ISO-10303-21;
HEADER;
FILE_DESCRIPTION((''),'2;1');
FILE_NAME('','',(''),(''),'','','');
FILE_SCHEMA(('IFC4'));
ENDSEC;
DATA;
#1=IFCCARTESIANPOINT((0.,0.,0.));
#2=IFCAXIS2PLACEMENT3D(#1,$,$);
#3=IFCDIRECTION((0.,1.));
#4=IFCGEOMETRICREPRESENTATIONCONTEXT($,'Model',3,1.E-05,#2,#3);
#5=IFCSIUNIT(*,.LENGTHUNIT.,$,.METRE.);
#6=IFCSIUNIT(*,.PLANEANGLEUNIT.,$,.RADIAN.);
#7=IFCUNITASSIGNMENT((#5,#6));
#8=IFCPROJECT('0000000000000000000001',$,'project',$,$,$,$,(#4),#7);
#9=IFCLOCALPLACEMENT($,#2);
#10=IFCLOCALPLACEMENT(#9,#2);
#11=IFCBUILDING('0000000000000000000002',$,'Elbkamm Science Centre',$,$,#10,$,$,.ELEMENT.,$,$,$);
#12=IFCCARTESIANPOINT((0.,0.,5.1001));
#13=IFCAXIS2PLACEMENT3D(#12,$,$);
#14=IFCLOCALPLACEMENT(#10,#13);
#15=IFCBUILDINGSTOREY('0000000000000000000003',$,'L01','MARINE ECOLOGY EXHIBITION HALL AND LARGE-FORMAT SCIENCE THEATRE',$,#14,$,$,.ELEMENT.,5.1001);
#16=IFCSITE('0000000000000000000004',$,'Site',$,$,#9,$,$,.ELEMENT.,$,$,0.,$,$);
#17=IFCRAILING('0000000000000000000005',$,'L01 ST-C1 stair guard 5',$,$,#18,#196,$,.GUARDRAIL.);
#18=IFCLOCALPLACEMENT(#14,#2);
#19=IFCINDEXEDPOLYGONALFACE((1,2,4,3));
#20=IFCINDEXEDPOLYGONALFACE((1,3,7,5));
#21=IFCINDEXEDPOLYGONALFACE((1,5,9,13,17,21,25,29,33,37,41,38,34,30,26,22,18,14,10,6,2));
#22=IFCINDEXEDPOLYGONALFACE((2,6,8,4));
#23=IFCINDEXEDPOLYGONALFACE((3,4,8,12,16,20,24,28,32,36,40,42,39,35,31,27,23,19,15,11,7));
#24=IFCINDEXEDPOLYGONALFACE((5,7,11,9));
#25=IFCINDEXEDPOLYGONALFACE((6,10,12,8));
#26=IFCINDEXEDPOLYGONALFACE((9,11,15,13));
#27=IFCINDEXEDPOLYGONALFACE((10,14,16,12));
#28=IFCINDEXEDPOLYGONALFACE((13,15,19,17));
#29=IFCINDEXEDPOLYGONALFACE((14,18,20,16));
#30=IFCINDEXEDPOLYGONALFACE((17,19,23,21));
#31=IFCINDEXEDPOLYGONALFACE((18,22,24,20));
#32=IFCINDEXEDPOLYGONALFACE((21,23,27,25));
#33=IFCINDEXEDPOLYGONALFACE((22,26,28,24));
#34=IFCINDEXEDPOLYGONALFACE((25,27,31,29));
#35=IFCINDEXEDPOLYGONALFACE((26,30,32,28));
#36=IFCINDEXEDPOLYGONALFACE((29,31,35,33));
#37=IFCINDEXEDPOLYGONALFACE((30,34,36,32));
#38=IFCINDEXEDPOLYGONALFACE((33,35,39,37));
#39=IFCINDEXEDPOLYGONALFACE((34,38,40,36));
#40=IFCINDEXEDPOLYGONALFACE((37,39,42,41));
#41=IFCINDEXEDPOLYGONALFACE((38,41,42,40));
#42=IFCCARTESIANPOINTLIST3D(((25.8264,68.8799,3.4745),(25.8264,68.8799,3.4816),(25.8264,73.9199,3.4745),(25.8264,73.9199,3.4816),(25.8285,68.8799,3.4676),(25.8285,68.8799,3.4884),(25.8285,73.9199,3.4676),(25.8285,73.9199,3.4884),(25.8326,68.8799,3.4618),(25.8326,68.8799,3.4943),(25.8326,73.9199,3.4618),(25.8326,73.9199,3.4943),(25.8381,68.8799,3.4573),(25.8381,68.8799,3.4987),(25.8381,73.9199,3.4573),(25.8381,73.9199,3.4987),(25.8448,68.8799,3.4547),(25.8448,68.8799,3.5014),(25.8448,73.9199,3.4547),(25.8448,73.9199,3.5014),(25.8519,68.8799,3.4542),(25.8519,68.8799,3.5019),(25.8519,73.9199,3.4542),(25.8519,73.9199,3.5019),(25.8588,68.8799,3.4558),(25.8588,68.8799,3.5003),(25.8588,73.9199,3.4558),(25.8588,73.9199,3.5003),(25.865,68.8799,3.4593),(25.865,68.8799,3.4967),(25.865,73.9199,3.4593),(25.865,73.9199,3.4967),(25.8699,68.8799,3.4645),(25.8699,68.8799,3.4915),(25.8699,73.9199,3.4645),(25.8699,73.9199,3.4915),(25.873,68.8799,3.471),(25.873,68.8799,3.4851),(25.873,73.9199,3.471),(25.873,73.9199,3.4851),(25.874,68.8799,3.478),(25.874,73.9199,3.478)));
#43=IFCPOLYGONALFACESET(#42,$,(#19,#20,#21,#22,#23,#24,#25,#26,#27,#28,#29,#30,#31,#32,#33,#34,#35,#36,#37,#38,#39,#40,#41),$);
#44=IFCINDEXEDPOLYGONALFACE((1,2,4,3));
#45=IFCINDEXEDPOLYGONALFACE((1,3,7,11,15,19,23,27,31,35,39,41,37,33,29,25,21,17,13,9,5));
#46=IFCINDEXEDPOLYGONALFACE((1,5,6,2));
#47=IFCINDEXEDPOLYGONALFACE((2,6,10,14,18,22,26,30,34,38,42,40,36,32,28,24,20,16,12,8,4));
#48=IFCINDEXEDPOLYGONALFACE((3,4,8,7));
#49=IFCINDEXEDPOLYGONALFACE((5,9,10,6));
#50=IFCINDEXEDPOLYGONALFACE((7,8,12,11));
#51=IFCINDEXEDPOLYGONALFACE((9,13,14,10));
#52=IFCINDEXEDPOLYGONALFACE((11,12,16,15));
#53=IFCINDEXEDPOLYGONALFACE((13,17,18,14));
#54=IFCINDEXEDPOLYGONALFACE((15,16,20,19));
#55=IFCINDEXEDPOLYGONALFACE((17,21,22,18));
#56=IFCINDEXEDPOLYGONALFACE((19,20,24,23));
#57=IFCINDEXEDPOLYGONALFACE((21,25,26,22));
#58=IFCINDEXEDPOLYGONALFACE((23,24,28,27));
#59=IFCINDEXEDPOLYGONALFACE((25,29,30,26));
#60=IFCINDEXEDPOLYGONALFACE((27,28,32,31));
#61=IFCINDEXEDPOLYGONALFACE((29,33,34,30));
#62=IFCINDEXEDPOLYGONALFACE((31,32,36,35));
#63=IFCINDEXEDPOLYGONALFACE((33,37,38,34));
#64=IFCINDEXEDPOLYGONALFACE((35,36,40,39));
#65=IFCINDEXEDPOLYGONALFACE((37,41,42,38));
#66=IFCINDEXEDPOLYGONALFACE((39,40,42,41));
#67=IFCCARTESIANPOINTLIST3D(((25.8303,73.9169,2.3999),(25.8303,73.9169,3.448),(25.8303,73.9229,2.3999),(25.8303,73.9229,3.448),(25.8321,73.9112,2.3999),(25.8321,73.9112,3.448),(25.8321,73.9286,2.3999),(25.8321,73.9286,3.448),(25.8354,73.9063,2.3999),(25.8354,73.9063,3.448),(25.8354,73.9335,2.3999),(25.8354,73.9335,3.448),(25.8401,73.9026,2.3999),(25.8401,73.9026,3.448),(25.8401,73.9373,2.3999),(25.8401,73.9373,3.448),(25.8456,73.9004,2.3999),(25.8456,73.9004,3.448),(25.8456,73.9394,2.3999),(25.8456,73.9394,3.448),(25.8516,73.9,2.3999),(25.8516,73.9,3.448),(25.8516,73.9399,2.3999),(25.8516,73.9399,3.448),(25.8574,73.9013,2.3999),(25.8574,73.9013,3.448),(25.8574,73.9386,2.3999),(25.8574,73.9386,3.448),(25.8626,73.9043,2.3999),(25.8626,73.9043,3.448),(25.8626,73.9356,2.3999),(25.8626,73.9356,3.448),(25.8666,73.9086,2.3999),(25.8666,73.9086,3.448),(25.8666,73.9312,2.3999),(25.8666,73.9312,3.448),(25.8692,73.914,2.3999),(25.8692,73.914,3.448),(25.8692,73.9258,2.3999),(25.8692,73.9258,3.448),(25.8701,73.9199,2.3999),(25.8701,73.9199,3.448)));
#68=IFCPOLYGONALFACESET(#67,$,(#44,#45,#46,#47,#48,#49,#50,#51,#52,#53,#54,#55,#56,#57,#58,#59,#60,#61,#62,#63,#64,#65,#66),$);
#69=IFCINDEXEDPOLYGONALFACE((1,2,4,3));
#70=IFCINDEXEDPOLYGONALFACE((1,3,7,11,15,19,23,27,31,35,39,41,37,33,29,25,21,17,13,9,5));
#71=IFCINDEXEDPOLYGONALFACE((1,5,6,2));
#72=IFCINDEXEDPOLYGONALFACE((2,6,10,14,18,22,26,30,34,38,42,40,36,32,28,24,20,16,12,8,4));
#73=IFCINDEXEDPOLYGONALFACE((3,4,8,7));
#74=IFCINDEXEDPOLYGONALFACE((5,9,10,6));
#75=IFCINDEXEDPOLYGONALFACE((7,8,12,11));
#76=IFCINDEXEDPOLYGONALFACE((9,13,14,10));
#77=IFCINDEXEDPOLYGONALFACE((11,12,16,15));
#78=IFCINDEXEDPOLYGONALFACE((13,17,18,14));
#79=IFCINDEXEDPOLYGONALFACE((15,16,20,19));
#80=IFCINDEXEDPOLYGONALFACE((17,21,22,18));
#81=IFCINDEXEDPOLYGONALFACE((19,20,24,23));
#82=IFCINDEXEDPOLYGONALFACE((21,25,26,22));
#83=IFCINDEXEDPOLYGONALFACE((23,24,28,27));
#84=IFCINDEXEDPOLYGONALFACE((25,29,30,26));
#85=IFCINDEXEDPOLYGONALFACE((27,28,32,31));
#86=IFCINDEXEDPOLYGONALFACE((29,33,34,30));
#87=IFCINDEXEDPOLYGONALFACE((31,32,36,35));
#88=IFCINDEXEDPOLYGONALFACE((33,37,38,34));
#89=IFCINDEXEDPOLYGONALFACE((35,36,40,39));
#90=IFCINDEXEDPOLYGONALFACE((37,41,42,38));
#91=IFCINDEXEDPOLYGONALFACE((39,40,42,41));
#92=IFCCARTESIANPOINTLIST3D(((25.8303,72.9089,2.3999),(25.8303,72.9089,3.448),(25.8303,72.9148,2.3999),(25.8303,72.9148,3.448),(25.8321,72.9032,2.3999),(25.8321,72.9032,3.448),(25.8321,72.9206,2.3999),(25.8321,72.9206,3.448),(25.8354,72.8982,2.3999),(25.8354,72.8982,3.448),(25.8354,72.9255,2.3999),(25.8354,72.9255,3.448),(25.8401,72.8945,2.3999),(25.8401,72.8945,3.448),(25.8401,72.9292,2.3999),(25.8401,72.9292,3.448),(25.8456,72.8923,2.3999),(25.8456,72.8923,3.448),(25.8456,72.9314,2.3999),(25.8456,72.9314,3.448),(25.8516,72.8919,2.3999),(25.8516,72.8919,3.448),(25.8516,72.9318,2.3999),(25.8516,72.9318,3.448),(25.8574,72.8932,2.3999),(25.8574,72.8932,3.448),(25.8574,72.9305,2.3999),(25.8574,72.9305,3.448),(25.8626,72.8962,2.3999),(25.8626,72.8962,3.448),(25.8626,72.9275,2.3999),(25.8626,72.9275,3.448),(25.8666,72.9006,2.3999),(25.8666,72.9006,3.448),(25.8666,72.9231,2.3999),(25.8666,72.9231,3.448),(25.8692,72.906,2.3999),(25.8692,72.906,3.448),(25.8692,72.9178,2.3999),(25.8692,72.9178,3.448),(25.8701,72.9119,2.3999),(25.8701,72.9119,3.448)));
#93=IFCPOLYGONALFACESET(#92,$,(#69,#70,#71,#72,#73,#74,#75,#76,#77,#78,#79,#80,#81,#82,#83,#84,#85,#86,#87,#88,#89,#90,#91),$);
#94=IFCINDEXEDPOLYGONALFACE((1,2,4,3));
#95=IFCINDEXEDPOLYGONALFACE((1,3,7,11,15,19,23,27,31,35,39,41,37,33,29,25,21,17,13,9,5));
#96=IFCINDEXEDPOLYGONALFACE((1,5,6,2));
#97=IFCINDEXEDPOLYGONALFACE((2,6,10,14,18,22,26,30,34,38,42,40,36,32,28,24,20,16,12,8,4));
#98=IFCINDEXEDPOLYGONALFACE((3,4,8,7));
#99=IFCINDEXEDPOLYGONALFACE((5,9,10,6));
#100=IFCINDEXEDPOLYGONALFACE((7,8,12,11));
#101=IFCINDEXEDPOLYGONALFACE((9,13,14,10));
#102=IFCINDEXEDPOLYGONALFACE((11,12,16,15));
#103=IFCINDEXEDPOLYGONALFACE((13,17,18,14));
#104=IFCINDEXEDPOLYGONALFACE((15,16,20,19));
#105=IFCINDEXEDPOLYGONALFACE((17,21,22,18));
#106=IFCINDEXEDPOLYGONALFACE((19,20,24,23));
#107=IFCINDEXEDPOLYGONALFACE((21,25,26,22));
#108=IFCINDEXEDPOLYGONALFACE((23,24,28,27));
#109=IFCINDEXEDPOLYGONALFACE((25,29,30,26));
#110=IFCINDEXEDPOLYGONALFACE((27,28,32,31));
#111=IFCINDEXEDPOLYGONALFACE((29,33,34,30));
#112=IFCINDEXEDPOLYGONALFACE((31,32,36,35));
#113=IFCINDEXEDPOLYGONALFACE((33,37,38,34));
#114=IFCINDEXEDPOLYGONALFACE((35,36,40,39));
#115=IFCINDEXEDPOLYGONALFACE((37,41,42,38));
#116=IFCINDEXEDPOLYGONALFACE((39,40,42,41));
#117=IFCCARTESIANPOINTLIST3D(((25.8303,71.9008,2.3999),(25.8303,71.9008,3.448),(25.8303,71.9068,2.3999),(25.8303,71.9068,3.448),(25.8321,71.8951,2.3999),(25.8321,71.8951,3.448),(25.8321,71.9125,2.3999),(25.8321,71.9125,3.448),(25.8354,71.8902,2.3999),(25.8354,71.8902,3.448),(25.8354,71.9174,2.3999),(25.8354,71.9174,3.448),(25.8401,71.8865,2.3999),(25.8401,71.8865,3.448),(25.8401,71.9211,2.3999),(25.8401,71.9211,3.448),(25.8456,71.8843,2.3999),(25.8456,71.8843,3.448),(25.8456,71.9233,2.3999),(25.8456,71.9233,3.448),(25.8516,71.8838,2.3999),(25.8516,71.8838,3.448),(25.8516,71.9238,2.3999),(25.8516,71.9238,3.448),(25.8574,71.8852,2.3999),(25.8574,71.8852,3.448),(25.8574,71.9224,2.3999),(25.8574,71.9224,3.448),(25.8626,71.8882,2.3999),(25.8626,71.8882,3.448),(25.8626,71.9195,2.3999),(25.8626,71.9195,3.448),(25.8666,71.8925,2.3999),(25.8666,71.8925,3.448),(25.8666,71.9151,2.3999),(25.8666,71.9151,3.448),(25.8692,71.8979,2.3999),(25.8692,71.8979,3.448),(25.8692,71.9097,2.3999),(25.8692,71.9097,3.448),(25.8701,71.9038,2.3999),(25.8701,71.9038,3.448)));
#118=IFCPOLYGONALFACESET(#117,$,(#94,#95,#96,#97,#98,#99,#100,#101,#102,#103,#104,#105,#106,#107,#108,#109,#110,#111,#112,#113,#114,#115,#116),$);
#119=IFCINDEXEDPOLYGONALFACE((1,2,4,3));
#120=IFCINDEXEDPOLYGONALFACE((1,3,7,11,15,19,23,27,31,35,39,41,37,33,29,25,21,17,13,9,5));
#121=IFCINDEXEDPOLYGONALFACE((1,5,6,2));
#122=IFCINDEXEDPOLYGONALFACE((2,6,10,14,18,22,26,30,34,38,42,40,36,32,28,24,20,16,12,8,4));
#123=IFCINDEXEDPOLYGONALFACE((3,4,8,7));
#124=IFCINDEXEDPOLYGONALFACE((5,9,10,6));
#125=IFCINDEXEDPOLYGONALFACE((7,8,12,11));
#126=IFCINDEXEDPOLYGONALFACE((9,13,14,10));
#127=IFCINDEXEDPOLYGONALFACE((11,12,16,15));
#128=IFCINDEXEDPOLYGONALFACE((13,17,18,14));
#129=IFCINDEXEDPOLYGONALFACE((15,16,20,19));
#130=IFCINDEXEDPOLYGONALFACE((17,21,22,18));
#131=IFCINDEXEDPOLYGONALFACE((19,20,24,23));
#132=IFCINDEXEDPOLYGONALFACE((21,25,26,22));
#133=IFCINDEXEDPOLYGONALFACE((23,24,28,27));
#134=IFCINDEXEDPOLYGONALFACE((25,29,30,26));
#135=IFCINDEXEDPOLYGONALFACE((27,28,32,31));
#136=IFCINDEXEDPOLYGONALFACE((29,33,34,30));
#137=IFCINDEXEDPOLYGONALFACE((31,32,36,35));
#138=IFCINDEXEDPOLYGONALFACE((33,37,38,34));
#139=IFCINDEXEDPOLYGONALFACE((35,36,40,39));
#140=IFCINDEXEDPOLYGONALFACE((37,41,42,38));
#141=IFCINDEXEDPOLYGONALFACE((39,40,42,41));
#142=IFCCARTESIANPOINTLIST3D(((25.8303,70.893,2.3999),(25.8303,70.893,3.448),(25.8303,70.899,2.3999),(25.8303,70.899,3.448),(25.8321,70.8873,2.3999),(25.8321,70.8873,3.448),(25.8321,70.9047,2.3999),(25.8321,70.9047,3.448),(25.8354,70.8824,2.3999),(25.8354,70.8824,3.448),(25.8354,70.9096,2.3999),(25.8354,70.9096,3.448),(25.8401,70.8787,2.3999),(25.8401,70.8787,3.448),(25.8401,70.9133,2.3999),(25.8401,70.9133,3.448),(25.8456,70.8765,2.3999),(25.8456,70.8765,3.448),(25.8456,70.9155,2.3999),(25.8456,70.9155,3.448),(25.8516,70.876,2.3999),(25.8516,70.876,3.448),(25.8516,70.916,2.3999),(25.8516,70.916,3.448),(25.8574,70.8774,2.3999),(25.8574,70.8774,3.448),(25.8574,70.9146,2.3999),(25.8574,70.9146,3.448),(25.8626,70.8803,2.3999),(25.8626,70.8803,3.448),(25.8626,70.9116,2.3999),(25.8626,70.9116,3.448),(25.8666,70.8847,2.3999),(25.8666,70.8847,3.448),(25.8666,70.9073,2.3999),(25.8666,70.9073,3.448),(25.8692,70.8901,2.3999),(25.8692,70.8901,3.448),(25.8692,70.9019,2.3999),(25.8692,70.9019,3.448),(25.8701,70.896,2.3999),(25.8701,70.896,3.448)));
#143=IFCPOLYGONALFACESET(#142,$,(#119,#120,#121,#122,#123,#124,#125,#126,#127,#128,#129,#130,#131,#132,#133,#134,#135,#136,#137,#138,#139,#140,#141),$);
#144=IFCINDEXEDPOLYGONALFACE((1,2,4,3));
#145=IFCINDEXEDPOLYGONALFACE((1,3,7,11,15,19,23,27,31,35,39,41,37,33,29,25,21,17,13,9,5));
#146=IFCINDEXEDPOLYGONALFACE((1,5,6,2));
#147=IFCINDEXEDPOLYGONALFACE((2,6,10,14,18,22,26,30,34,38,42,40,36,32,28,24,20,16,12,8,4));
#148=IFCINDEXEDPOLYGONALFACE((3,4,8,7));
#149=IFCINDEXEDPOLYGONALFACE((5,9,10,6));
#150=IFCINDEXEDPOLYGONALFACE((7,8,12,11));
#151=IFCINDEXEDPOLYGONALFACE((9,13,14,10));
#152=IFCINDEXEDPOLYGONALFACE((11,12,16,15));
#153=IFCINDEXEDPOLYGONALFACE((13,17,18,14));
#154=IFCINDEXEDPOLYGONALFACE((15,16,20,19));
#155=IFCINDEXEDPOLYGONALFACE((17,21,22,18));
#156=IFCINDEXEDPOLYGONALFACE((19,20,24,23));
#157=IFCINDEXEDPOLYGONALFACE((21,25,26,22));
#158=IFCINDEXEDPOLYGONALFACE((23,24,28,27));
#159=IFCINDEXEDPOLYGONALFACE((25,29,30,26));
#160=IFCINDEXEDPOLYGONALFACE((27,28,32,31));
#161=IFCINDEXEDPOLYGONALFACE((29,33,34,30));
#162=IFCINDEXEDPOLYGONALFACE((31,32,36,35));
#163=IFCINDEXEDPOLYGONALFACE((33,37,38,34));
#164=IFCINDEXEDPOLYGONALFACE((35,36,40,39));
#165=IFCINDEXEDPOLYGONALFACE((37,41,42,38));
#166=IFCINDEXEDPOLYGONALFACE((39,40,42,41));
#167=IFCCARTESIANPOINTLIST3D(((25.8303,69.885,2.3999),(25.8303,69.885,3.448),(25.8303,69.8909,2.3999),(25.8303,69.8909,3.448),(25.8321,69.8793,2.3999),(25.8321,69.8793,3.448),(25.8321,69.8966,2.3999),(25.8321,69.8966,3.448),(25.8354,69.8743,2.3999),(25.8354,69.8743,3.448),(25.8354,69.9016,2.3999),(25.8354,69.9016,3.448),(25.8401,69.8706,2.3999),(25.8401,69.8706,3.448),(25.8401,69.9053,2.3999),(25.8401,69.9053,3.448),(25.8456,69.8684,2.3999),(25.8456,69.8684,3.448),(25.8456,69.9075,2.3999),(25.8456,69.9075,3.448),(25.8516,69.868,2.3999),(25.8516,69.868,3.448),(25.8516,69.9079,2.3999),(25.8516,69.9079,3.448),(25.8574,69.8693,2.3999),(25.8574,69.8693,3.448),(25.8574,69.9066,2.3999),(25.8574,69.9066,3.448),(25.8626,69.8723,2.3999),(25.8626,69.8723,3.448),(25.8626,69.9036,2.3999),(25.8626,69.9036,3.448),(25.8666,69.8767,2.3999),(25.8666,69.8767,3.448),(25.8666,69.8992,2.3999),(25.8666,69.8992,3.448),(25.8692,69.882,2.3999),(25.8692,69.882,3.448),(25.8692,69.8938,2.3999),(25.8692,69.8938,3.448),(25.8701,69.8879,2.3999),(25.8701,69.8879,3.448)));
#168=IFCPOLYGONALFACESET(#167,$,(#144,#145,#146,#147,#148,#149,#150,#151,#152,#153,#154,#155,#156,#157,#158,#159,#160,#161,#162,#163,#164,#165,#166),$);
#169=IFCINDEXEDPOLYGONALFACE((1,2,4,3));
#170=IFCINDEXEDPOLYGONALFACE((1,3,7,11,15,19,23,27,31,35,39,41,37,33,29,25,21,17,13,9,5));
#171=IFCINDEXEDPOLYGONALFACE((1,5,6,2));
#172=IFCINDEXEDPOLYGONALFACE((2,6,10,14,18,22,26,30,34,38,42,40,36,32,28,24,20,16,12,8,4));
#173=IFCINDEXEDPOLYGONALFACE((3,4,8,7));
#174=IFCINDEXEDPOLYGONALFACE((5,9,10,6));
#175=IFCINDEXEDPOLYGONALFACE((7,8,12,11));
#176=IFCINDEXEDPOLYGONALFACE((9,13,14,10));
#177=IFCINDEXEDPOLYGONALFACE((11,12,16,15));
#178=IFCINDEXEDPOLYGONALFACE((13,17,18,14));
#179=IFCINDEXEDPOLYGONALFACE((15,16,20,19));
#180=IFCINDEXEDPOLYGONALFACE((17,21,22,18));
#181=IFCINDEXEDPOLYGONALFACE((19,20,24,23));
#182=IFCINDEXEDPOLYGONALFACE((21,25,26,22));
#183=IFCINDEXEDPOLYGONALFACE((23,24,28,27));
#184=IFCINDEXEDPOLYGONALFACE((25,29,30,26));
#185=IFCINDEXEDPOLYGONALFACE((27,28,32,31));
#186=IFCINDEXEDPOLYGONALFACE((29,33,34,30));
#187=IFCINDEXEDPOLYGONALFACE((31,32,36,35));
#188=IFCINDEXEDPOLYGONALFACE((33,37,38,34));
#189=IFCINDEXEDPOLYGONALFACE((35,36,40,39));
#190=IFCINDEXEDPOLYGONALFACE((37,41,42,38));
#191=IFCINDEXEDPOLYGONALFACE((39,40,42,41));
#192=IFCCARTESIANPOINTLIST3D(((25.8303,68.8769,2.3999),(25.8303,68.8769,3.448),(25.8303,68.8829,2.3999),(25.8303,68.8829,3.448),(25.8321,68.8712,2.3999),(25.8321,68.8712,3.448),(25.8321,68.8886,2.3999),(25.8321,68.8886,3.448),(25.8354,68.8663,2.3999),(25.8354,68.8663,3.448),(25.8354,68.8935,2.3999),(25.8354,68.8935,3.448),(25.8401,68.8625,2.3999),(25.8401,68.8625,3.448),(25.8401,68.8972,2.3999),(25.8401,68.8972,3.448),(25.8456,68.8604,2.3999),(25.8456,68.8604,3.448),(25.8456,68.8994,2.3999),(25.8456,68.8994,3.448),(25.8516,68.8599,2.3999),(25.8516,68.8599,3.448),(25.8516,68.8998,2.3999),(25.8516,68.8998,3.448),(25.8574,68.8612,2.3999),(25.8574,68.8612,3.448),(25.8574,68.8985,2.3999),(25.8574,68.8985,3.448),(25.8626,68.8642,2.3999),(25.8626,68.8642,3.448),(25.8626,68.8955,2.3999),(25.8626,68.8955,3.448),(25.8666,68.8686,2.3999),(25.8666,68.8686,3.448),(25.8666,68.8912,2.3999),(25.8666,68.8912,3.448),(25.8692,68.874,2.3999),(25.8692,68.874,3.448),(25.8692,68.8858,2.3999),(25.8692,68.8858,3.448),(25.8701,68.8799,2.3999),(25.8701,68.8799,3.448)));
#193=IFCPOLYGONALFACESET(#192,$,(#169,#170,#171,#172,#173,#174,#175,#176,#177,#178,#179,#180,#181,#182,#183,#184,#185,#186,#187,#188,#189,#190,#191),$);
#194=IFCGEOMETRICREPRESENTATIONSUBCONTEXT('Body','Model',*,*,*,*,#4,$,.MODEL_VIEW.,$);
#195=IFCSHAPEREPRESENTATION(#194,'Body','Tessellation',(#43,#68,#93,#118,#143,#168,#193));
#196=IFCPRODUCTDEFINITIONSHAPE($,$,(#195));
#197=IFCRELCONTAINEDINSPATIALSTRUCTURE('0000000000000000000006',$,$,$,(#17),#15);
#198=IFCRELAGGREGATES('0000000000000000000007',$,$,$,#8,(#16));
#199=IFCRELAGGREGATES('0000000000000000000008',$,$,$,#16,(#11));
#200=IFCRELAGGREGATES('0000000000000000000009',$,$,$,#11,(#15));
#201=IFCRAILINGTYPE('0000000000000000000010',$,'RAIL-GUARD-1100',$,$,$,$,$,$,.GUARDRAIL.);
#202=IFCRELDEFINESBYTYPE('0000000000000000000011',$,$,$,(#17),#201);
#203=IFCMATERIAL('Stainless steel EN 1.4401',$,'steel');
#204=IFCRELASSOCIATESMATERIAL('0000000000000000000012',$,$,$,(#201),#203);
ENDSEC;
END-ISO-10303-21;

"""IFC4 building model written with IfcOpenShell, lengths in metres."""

from ifc_helpers import new_model, si_unit, direction, frame, origin, origin_2d, place, context, subcontext, project, spatial, circle, extrude, material, type_object, element, save


model = new_model("IFC4")

# Units and contexts
model_context = context("Model", 3, precision=1e-05, world=origin(), true_north=direction((0.0, 1.0)))
body_context = subcontext(model_context, "Body", "Model", "MODEL_VIEW")
ifc_project = project(units=[si_unit("LENGTHUNIT", "METRE"), si_unit("PLANEANGLEUNIT", "RADIAN")], contexts=[model_context])

# Site, building, storey
site_placement = place(None, origin())
site = spatial("IfcSite", under=ifc_project, at=site_placement, Name="Site", CompositionType="ELEMENT", RefElevation=0.0)
building_placement = place(site_placement, origin())
building = spatial("IfcBuilding", under=site, at=building_placement, Name="Elbkamm Science Centre", CompositionType="ELEMENT")
storey_placement = place(building_placement, frame((0.0, 0.0, 5.1001)))
storey = spatial("IfcBuildingStorey", under=building, at=storey_placement, Name="L01", Description="MARINE ECOLOGY EXHIBITION HALL AND LARGE-FORMAT SCIENCE THEATRE", CompositionType="ELEMENT", Elevation=5.1001)

# Railing
ifc_material_1 = material(Name="Stainless steel EN 1.4401", Category="steel")
railing_type_1 = type_object("IfcRailingType", Name="RAIL-GUARD-1100", PredefinedType="GUARDRAIL", material=ifc_material_1)
railing_1_placement = place(storey_placement, frame((25.8501, 73.9199, 2.3999)))
element("IfcRailing", 1, at=railing_1_placement, inside=storey, type_object=railing_type_1, Name="L01 ST-C1 stair guard 5", PredefinedType="GUARDRAIL", context=body_context, shape_type="SweptSolid", body=[
    extrude(circle(Radius=0.0239, at=origin_2d()), frame((0.0, 0.0, 1.0781), z_axis=(0.0, -1.0, 0.0), x_axis=(1.0, 0.0, 0.0)), (0.0, 0.0, 1.0), 5.04),
    extrude(circle(Radius=0.02, at=origin_2d()), origin(), (0.0, 0.0, 1.0), 1.0481),
    extrude(circle(Radius=0.02, at=origin_2d()), frame((0.0, -1.0081, 0.0)), (0.0, 0.0, 1.0), 1.0481),
    extrude(circle(Radius=0.02, at=origin_2d()), frame((0.0, -2.0161, 0.0)), (0.0, 0.0, 1.0), 1.0481),
    extrude(circle(Radius=0.02, at=origin_2d()), frame((0.0, -3.0239, 0.0)), (0.0, 0.0, 1.0), 1.0481),
    extrude(circle(Radius=0.02, at=origin_2d()), frame((0.0, -4.032, 0.0)), (0.0, 0.0, 1.0), 1.0481),
    extrude(circle(Radius=0.02, at=origin_2d()), frame((0.0, -5.04, 0.0)), (0.0, 0.0, 1.0), 1.0481),
])

save(model, "model.ifc")
